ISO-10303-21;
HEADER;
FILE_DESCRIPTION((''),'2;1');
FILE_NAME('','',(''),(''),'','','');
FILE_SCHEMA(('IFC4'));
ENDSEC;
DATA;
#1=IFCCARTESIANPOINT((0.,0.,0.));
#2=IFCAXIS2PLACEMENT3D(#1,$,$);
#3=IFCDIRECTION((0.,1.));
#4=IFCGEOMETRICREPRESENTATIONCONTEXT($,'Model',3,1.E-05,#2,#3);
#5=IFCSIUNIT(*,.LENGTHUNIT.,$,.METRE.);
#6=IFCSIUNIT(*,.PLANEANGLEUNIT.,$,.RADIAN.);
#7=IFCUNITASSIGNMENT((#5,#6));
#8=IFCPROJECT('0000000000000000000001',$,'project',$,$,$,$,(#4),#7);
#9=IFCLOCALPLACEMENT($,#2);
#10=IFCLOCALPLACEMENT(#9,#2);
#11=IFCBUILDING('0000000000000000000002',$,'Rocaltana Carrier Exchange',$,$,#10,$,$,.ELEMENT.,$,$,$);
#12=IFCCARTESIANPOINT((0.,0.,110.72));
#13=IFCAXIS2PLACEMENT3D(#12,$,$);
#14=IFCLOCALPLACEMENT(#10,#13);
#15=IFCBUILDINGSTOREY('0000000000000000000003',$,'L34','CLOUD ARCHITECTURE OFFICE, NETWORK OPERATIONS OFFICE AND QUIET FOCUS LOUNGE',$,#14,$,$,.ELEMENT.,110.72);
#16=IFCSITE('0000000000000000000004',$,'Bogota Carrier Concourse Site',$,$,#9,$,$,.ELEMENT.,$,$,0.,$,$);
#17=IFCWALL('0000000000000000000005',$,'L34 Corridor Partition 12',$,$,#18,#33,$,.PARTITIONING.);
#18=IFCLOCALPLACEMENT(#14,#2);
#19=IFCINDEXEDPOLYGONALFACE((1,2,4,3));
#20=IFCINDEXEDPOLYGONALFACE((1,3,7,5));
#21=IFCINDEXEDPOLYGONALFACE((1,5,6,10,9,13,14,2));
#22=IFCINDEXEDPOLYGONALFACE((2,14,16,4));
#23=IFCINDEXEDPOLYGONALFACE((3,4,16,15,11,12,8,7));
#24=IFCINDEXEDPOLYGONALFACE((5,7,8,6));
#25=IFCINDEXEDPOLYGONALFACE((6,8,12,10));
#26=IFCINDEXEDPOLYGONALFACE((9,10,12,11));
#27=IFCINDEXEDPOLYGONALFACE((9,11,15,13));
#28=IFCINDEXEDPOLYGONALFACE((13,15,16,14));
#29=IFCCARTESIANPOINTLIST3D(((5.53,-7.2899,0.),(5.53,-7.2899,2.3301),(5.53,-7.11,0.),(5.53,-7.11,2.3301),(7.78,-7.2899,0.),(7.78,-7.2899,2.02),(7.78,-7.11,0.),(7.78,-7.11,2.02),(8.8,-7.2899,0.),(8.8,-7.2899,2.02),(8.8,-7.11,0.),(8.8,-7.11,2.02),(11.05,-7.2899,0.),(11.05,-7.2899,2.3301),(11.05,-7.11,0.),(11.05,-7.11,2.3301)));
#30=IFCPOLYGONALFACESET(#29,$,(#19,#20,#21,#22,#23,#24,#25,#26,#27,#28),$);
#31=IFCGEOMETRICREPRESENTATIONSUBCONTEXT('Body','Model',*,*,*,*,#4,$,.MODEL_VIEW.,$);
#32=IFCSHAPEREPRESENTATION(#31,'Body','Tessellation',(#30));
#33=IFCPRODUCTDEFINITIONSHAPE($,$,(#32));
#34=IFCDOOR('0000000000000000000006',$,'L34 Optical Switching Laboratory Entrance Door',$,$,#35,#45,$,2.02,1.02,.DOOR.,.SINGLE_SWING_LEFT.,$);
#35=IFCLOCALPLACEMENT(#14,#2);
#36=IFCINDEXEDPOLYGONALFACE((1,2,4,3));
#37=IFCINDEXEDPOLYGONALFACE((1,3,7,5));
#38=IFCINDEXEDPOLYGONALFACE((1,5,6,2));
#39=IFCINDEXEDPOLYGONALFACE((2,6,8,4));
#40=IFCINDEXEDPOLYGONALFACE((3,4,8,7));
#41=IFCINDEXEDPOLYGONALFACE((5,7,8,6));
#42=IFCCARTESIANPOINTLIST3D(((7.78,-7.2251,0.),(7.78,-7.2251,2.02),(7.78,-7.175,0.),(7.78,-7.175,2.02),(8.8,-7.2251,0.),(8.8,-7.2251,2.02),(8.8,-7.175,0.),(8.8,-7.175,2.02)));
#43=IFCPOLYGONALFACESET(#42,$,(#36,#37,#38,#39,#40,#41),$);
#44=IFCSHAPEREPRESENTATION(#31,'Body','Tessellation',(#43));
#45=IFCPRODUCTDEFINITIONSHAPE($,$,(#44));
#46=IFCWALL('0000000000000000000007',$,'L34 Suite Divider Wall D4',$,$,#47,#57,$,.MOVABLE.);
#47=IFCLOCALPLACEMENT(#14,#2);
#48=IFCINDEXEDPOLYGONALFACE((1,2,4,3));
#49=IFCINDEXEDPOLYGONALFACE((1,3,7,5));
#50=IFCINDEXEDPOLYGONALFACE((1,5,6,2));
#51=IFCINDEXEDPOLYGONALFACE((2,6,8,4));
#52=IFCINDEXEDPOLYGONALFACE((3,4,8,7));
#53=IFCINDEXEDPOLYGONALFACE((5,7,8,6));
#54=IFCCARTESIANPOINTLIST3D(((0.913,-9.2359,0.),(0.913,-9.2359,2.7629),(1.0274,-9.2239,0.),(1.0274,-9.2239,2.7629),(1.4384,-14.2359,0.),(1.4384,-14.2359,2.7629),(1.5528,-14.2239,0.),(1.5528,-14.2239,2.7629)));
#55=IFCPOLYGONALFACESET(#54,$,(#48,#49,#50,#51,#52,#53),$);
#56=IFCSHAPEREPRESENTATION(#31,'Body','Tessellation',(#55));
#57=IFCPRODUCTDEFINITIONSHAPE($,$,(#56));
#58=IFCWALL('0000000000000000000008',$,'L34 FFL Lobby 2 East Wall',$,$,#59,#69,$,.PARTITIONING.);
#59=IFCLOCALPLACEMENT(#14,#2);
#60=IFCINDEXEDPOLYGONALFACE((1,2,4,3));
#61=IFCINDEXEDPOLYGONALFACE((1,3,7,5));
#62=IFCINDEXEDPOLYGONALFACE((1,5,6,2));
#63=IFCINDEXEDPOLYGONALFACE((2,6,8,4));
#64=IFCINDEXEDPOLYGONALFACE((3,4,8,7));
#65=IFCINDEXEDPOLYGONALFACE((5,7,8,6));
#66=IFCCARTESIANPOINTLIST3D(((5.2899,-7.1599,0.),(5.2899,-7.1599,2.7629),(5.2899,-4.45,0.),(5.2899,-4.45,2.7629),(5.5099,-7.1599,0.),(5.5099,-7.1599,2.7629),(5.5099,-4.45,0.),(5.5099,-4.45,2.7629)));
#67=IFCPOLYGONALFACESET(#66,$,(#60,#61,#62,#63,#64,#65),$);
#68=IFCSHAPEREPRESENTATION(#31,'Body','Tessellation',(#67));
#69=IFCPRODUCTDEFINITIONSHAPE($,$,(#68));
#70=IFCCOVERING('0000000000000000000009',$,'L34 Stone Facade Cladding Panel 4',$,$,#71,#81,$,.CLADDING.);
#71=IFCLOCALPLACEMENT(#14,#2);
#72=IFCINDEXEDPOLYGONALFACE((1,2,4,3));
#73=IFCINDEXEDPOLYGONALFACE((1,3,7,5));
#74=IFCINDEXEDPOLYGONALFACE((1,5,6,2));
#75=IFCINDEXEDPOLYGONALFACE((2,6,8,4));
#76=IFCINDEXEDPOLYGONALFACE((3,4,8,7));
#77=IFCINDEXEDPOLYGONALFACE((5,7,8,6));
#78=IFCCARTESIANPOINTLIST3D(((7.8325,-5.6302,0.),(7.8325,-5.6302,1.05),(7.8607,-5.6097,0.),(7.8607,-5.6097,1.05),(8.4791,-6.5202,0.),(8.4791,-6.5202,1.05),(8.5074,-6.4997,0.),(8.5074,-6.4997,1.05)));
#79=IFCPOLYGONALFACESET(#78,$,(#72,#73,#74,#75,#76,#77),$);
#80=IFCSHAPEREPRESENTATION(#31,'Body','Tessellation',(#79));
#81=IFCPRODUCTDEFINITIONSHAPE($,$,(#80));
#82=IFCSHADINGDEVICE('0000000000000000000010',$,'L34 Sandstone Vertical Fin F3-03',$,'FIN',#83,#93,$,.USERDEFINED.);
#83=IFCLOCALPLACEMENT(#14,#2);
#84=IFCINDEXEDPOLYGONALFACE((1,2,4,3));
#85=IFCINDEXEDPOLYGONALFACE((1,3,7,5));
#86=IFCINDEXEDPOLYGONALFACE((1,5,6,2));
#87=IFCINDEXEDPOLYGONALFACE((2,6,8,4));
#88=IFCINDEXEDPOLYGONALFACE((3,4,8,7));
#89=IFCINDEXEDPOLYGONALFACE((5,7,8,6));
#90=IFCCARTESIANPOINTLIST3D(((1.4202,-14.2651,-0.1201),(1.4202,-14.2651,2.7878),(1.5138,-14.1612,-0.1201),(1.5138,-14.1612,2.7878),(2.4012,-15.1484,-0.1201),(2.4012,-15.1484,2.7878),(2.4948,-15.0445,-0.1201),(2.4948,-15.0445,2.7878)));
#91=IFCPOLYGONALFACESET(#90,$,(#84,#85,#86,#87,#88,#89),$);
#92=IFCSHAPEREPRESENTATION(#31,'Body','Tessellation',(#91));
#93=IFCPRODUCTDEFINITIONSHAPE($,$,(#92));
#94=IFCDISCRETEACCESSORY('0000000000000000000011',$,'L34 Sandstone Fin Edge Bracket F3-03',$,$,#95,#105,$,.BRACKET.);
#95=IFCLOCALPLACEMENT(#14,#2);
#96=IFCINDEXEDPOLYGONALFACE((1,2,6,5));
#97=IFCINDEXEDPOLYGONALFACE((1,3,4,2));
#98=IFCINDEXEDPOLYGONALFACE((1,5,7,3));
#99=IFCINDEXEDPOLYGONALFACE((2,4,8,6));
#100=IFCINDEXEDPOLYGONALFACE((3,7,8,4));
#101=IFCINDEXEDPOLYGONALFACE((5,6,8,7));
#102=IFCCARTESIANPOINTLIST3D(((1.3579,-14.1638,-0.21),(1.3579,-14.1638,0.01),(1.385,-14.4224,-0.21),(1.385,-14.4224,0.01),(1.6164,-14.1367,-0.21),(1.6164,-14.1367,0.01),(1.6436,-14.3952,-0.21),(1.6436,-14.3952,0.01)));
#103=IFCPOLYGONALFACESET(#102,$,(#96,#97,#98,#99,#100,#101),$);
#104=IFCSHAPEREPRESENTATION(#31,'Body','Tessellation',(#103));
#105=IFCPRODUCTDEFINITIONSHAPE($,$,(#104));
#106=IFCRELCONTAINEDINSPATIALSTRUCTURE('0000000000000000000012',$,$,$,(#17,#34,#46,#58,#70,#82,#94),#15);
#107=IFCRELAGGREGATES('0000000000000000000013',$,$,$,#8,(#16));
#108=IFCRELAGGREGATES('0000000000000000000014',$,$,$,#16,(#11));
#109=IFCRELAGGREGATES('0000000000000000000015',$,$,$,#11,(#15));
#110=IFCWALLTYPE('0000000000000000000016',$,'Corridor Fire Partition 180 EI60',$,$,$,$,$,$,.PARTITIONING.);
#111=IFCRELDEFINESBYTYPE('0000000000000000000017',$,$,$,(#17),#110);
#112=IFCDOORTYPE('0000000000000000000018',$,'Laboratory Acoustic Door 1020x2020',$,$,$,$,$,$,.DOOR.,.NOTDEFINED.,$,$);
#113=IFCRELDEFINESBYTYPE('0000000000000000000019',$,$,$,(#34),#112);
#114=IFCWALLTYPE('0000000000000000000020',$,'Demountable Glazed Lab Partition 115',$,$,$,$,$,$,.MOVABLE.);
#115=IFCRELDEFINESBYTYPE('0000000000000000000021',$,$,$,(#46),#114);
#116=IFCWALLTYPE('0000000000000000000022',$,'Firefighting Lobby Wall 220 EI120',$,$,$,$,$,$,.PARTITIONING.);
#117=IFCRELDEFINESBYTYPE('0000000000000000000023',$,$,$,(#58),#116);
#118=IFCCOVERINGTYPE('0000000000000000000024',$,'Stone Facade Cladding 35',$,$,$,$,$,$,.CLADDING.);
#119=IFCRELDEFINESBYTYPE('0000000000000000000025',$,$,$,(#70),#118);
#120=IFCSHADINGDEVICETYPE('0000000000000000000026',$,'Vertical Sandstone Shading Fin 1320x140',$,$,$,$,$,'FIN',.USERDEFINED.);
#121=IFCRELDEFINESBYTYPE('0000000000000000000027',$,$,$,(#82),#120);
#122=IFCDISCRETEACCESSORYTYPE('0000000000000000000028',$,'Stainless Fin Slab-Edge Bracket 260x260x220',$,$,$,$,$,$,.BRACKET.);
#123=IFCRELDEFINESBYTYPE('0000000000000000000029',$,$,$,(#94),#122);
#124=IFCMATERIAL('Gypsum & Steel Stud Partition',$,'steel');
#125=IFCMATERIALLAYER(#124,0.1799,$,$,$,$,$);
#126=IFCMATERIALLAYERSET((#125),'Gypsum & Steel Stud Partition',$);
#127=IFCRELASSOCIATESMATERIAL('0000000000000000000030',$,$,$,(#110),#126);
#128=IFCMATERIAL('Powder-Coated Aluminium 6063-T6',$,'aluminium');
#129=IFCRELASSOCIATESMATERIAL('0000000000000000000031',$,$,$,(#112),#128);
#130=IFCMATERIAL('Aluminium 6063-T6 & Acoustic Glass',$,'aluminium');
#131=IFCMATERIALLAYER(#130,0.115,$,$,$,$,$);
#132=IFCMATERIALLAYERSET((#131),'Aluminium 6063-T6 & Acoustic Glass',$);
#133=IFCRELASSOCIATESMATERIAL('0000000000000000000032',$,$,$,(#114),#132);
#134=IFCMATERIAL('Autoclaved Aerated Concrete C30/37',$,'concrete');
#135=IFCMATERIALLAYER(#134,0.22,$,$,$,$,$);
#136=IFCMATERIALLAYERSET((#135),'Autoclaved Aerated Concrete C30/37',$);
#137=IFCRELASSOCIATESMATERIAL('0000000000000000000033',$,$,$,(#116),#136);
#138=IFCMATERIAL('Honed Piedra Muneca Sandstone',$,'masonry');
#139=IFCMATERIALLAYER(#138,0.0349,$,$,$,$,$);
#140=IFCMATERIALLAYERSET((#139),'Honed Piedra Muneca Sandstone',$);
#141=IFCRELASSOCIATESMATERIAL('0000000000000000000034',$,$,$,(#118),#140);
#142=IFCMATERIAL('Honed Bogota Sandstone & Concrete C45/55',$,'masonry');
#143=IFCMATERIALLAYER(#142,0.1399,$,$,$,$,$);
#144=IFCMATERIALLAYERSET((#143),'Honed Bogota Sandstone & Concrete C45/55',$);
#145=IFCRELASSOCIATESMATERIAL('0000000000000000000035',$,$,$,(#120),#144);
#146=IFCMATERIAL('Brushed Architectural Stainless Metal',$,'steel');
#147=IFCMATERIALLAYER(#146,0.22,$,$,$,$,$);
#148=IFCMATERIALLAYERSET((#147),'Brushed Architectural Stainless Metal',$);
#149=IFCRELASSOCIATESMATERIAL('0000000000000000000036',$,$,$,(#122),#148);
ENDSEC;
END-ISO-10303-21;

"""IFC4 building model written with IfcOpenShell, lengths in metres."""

from ifc_helpers import new_model, si_unit, direction, frame, frame_2d, origin, origin_2d, place, context, subcontext, project, spatial, rectangle, extrude, material, layer, layer_set, type_object, element, fill, save


model = new_model("IFC4")

# Units and contexts
model_context = context("Model", 3, precision=1e-05, world=origin(), true_north=direction((0.0, 1.0)))
body_context = subcontext(model_context, "Body", "Model", "MODEL_VIEW")
ifc_project = project(units=[si_unit("LENGTHUNIT", "METRE"), si_unit("PLANEANGLEUNIT", "RADIAN")], contexts=[model_context])

# Site, building, storey
site_placement = place(None, origin())
site = spatial("IfcSite", under=ifc_project, at=site_placement, Name="Bogota Carrier Concourse Site", CompositionType="ELEMENT", RefElevation=0.0)
building_placement = place(site_placement, origin())
building = spatial("IfcBuilding", under=site, at=building_placement, Name="Rocaltana Carrier Exchange", CompositionType="ELEMENT")
storey_placement = place(building_placement, frame((0.0, 0.0, 110.72)))
storey = spatial("IfcBuildingStorey", under=building, at=storey_placement, Name="L34", Description="CLOUD ARCHITECTURE OFFICE, NETWORK OPERATIONS OFFICE AND QUIET FOCUS LOUNGE", CompositionType="ELEMENT", Elevation=110.72)

# Wall, opening, door
ifc_material_1 = material(Name="Gypsum & Steel Stud Partition", Category="steel")
ifc_layer_1 = layer(ifc_material_1, 0.1799)
ifc_layer_set_1 = layer_set([ifc_layer_1], Name="Gypsum & Steel Stud Partition")
wall_type_1 = type_object("IfcWallType", Name="Corridor Fire Partition 180 EI60", PredefinedType="PARTITIONING", material=ifc_layer_set_1)
wall_1_placement = place(storey_placement, frame((5.53, -7.2, 0.0), z_axis=(0.0, 0.0, 1.0), x_axis=(1.0, 0.0, 0.0)))
wall_1 = element("IfcWall", 1, at=wall_1_placement, inside=storey, type_object=wall_type_1, Name="L34 Corridor Partition 12", PredefinedType="PARTITIONING", context=body_context, shape_type="SweptSolid", body=[
    extrude(rectangle(XDim=5.52, YDim=0.1799, at=frame_2d((2.76, 0.0))), origin(), (0.0, 0.0, 1.0), 2.3301),
])
opening_placement = place(wall_1_placement, frame((2.25, 0.0, 0.0)))
opening = element("IfcOpeningElement", 2, at=opening_placement, cuts=wall_1, PredefinedType="OPENING", context=body_context, shape_type="SweptSolid", body=[
    extrude(rectangle(XDim=1.02, YDim=2.02, at=frame_2d((0.51, 1.01))), frame((0.0, 0.0999, 0.0), z_axis=(0.0, -1.0, 0.0), x_axis=(1.0, 0.0, 0.0)), (0.0, 0.0, 1.0), 0.2),
])
ifc_material_2 = material(Name="Powder-Coated Aluminium 6063-T6", Category="aluminium")
door_type = type_object("IfcDoorType", Name="Laboratory Acoustic Door 1020x2020", OperationType="NOTDEFINED", PredefinedType="DOOR", material=ifc_material_2)
door_placement = place(opening_placement, origin())
door = element("IfcDoor", 3, at=door_placement, inside=storey, type_object=door_type, Name="L34 Optical Switching Laboratory Entrance Door", OperationType="SINGLE_SWING_LEFT", OverallHeight=2.02, OverallWidth=1.02, PredefinedType="DOOR", context=body_context, shape_type="SweptSolid", body=[
    extrude(rectangle(XDim=1.02, YDim=2.02, at=frame_2d((0.51, 1.01))), frame((0.0, 0.0249, 0.0), z_axis=(0.0, -1.0, 0.0), x_axis=(1.0, 0.0, 0.0)), (0.0, 0.0, 1.0), 0.05),
])
fill(opening, door)

# Walls
ifc_material_3 = material(Name="Aluminium 6063-T6 & Acoustic Glass", Category="aluminium")
ifc_layer_2 = layer(ifc_material_3, 0.115)
ifc_layer_set_2 = layer_set([ifc_layer_2], Name="Aluminium 6063-T6 & Acoustic Glass")
wall_type_2 = type_object("IfcWallType", Name="Demountable Glazed Lab Partition 115", PredefinedType="MOVABLE", material=ifc_layer_set_2)
wall_2_placement = place(storey_placement, frame((0.9702, -9.23, 0.0), z_axis=(0.0, 0.0, 1.0), x_axis=(0.104503, -0.994525, 0.0)))
element("IfcWall", 4, at=wall_2_placement, inside=storey, type_object=wall_type_2, Name="L34 Suite Divider Wall D4", PredefinedType="MOVABLE", context=body_context, shape_type="SweptSolid", body=[
    extrude(rectangle(XDim=5.0276, YDim=0.115, at=frame_2d((2.5137, 0.0))), origin(), (0.0, 0.0, 1.0), 2.7629),
])
ifc_material_4 = material(Name="Autoclaved Aerated Concrete C30/37", Category="concrete")
ifc_layer_3 = layer(ifc_material_4, 0.22)
ifc_layer_set_3 = layer_set([ifc_layer_3], Name="Autoclaved Aerated Concrete C30/37")
wall_type_3 = type_object("IfcWallType", Name="Firefighting Lobby Wall 220 EI120", PredefinedType="PARTITIONING", material=ifc_layer_set_3)
wall_3_placement = place(storey_placement, frame((5.3999, -7.1599, 0.0), z_axis=(0.0, 0.0, 1.0), x_axis=(0.0, 1.0, 0.0)))
element("IfcWall", 5, at=wall_3_placement, inside=storey, type_object=wall_type_3, Name="L34 FFL Lobby 2 East Wall", PredefinedType="PARTITIONING", context=body_context, shape_type="SweptSolid", body=[
    extrude(rectangle(XDim=2.71, YDim=0.22, at=frame_2d((1.355, 0.0))), origin(), (0.0, 0.0, 1.0), 2.7629),
])

# Covering
ifc_material_5 = material(Name="Honed Piedra Muneca Sandstone", Category="masonry")
ifc_layer_4 = layer(ifc_material_5, 0.0349)
ifc_layer_set_4 = layer_set([ifc_layer_4], Name="Honed Piedra Muneca Sandstone")
covering_type = type_object("IfcCoveringType", Name="Stone Facade Cladding 35", PredefinedType="CLADDING", material=ifc_layer_set_4)
covering_placement = place(storey_placement, frame((8.1699, -6.0649, 0.0), z_axis=(0.0, 0.0, 1.0), x_axis=(-0.587785, 0.809017, 0.0)))
element("IfcCovering", 6, at=covering_placement, inside=storey, type_object=covering_type, Name="L34 Stone Facade Cladding Panel 4", PredefinedType="CLADDING", context=body_context, shape_type="SweptSolid", body=[
    extrude(rectangle(XDim=1.1001, YDim=0.0349, at=origin_2d()), origin(), (0.0, 0.0, 1.0), 1.05),
])

# Shading device
ifc_material_6 = material(Name="Honed Bogota Sandstone & Concrete C45/55", Category="masonry")
ifc_layer_5 = layer(ifc_material_6, 0.1399)
ifc_layer_set_5 = layer_set([ifc_layer_5], Name="Honed Bogota Sandstone & Concrete C45/55")
shading_device_type = type_object("IfcShadingDeviceType", Name="Vertical Sandstone Shading Fin 1320x140", ElementType="FIN", PredefinedType="USERDEFINED", material=ifc_layer_set_5)
shading_device_placement = place(storey_placement, frame((1.9575, -14.6548, -0.1201), z_axis=(0.0, 0.0, 1.0), x_axis=(0.743145, -0.669131, 0.0)))
element("IfcShadingDevice", 7, at=shading_device_placement, inside=storey, type_object=shading_device_type, Name="L34 Sandstone Vertical Fin F3-03", ObjectType="FIN", PredefinedType="USERDEFINED", context=body_context, shape_type="SweptSolid", body=[
    extrude(rectangle(XDim=1.3201, YDim=0.1399, at=origin_2d()), origin(), (0.0, 0.0, 1.0), 2.908),
])

# Discrete accessory
ifc_material_7 = material(Name="Brushed Architectural Stainless Metal", Category="steel")
ifc_layer_6 = layer(ifc_material_7, 0.22)
ifc_layer_set_6 = layer_set([ifc_layer_6], Name="Brushed Architectural Stainless Metal")
discrete_accessory_type = type_object("IfcDiscreteAccessoryType", Name="Stainless Fin Slab-Edge Bracket 260x260x220", PredefinedType="BRACKET", material=ifc_layer_set_6)
discrete_accessory_placement = place(storey_placement, frame((1.5007, -14.2795, -0.21), z_axis=(0.0, 0.0, 1.0), x_axis=(0.994522, 0.104528, 0.0)))
element("IfcDiscreteAccessory", 8, at=discrete_accessory_placement, inside=storey, type_object=discrete_accessory_type, Name="L34 Sandstone Fin Edge Bracket F3-03", PredefinedType="BRACKET", context=body_context, shape_type="SweptSolid", body=[
    extrude(rectangle(XDim=0.26, YDim=0.26, at=origin_2d()), origin(), (0.0, 0.0, 1.0), 0.22),
])

save(model, "model.ifc")
